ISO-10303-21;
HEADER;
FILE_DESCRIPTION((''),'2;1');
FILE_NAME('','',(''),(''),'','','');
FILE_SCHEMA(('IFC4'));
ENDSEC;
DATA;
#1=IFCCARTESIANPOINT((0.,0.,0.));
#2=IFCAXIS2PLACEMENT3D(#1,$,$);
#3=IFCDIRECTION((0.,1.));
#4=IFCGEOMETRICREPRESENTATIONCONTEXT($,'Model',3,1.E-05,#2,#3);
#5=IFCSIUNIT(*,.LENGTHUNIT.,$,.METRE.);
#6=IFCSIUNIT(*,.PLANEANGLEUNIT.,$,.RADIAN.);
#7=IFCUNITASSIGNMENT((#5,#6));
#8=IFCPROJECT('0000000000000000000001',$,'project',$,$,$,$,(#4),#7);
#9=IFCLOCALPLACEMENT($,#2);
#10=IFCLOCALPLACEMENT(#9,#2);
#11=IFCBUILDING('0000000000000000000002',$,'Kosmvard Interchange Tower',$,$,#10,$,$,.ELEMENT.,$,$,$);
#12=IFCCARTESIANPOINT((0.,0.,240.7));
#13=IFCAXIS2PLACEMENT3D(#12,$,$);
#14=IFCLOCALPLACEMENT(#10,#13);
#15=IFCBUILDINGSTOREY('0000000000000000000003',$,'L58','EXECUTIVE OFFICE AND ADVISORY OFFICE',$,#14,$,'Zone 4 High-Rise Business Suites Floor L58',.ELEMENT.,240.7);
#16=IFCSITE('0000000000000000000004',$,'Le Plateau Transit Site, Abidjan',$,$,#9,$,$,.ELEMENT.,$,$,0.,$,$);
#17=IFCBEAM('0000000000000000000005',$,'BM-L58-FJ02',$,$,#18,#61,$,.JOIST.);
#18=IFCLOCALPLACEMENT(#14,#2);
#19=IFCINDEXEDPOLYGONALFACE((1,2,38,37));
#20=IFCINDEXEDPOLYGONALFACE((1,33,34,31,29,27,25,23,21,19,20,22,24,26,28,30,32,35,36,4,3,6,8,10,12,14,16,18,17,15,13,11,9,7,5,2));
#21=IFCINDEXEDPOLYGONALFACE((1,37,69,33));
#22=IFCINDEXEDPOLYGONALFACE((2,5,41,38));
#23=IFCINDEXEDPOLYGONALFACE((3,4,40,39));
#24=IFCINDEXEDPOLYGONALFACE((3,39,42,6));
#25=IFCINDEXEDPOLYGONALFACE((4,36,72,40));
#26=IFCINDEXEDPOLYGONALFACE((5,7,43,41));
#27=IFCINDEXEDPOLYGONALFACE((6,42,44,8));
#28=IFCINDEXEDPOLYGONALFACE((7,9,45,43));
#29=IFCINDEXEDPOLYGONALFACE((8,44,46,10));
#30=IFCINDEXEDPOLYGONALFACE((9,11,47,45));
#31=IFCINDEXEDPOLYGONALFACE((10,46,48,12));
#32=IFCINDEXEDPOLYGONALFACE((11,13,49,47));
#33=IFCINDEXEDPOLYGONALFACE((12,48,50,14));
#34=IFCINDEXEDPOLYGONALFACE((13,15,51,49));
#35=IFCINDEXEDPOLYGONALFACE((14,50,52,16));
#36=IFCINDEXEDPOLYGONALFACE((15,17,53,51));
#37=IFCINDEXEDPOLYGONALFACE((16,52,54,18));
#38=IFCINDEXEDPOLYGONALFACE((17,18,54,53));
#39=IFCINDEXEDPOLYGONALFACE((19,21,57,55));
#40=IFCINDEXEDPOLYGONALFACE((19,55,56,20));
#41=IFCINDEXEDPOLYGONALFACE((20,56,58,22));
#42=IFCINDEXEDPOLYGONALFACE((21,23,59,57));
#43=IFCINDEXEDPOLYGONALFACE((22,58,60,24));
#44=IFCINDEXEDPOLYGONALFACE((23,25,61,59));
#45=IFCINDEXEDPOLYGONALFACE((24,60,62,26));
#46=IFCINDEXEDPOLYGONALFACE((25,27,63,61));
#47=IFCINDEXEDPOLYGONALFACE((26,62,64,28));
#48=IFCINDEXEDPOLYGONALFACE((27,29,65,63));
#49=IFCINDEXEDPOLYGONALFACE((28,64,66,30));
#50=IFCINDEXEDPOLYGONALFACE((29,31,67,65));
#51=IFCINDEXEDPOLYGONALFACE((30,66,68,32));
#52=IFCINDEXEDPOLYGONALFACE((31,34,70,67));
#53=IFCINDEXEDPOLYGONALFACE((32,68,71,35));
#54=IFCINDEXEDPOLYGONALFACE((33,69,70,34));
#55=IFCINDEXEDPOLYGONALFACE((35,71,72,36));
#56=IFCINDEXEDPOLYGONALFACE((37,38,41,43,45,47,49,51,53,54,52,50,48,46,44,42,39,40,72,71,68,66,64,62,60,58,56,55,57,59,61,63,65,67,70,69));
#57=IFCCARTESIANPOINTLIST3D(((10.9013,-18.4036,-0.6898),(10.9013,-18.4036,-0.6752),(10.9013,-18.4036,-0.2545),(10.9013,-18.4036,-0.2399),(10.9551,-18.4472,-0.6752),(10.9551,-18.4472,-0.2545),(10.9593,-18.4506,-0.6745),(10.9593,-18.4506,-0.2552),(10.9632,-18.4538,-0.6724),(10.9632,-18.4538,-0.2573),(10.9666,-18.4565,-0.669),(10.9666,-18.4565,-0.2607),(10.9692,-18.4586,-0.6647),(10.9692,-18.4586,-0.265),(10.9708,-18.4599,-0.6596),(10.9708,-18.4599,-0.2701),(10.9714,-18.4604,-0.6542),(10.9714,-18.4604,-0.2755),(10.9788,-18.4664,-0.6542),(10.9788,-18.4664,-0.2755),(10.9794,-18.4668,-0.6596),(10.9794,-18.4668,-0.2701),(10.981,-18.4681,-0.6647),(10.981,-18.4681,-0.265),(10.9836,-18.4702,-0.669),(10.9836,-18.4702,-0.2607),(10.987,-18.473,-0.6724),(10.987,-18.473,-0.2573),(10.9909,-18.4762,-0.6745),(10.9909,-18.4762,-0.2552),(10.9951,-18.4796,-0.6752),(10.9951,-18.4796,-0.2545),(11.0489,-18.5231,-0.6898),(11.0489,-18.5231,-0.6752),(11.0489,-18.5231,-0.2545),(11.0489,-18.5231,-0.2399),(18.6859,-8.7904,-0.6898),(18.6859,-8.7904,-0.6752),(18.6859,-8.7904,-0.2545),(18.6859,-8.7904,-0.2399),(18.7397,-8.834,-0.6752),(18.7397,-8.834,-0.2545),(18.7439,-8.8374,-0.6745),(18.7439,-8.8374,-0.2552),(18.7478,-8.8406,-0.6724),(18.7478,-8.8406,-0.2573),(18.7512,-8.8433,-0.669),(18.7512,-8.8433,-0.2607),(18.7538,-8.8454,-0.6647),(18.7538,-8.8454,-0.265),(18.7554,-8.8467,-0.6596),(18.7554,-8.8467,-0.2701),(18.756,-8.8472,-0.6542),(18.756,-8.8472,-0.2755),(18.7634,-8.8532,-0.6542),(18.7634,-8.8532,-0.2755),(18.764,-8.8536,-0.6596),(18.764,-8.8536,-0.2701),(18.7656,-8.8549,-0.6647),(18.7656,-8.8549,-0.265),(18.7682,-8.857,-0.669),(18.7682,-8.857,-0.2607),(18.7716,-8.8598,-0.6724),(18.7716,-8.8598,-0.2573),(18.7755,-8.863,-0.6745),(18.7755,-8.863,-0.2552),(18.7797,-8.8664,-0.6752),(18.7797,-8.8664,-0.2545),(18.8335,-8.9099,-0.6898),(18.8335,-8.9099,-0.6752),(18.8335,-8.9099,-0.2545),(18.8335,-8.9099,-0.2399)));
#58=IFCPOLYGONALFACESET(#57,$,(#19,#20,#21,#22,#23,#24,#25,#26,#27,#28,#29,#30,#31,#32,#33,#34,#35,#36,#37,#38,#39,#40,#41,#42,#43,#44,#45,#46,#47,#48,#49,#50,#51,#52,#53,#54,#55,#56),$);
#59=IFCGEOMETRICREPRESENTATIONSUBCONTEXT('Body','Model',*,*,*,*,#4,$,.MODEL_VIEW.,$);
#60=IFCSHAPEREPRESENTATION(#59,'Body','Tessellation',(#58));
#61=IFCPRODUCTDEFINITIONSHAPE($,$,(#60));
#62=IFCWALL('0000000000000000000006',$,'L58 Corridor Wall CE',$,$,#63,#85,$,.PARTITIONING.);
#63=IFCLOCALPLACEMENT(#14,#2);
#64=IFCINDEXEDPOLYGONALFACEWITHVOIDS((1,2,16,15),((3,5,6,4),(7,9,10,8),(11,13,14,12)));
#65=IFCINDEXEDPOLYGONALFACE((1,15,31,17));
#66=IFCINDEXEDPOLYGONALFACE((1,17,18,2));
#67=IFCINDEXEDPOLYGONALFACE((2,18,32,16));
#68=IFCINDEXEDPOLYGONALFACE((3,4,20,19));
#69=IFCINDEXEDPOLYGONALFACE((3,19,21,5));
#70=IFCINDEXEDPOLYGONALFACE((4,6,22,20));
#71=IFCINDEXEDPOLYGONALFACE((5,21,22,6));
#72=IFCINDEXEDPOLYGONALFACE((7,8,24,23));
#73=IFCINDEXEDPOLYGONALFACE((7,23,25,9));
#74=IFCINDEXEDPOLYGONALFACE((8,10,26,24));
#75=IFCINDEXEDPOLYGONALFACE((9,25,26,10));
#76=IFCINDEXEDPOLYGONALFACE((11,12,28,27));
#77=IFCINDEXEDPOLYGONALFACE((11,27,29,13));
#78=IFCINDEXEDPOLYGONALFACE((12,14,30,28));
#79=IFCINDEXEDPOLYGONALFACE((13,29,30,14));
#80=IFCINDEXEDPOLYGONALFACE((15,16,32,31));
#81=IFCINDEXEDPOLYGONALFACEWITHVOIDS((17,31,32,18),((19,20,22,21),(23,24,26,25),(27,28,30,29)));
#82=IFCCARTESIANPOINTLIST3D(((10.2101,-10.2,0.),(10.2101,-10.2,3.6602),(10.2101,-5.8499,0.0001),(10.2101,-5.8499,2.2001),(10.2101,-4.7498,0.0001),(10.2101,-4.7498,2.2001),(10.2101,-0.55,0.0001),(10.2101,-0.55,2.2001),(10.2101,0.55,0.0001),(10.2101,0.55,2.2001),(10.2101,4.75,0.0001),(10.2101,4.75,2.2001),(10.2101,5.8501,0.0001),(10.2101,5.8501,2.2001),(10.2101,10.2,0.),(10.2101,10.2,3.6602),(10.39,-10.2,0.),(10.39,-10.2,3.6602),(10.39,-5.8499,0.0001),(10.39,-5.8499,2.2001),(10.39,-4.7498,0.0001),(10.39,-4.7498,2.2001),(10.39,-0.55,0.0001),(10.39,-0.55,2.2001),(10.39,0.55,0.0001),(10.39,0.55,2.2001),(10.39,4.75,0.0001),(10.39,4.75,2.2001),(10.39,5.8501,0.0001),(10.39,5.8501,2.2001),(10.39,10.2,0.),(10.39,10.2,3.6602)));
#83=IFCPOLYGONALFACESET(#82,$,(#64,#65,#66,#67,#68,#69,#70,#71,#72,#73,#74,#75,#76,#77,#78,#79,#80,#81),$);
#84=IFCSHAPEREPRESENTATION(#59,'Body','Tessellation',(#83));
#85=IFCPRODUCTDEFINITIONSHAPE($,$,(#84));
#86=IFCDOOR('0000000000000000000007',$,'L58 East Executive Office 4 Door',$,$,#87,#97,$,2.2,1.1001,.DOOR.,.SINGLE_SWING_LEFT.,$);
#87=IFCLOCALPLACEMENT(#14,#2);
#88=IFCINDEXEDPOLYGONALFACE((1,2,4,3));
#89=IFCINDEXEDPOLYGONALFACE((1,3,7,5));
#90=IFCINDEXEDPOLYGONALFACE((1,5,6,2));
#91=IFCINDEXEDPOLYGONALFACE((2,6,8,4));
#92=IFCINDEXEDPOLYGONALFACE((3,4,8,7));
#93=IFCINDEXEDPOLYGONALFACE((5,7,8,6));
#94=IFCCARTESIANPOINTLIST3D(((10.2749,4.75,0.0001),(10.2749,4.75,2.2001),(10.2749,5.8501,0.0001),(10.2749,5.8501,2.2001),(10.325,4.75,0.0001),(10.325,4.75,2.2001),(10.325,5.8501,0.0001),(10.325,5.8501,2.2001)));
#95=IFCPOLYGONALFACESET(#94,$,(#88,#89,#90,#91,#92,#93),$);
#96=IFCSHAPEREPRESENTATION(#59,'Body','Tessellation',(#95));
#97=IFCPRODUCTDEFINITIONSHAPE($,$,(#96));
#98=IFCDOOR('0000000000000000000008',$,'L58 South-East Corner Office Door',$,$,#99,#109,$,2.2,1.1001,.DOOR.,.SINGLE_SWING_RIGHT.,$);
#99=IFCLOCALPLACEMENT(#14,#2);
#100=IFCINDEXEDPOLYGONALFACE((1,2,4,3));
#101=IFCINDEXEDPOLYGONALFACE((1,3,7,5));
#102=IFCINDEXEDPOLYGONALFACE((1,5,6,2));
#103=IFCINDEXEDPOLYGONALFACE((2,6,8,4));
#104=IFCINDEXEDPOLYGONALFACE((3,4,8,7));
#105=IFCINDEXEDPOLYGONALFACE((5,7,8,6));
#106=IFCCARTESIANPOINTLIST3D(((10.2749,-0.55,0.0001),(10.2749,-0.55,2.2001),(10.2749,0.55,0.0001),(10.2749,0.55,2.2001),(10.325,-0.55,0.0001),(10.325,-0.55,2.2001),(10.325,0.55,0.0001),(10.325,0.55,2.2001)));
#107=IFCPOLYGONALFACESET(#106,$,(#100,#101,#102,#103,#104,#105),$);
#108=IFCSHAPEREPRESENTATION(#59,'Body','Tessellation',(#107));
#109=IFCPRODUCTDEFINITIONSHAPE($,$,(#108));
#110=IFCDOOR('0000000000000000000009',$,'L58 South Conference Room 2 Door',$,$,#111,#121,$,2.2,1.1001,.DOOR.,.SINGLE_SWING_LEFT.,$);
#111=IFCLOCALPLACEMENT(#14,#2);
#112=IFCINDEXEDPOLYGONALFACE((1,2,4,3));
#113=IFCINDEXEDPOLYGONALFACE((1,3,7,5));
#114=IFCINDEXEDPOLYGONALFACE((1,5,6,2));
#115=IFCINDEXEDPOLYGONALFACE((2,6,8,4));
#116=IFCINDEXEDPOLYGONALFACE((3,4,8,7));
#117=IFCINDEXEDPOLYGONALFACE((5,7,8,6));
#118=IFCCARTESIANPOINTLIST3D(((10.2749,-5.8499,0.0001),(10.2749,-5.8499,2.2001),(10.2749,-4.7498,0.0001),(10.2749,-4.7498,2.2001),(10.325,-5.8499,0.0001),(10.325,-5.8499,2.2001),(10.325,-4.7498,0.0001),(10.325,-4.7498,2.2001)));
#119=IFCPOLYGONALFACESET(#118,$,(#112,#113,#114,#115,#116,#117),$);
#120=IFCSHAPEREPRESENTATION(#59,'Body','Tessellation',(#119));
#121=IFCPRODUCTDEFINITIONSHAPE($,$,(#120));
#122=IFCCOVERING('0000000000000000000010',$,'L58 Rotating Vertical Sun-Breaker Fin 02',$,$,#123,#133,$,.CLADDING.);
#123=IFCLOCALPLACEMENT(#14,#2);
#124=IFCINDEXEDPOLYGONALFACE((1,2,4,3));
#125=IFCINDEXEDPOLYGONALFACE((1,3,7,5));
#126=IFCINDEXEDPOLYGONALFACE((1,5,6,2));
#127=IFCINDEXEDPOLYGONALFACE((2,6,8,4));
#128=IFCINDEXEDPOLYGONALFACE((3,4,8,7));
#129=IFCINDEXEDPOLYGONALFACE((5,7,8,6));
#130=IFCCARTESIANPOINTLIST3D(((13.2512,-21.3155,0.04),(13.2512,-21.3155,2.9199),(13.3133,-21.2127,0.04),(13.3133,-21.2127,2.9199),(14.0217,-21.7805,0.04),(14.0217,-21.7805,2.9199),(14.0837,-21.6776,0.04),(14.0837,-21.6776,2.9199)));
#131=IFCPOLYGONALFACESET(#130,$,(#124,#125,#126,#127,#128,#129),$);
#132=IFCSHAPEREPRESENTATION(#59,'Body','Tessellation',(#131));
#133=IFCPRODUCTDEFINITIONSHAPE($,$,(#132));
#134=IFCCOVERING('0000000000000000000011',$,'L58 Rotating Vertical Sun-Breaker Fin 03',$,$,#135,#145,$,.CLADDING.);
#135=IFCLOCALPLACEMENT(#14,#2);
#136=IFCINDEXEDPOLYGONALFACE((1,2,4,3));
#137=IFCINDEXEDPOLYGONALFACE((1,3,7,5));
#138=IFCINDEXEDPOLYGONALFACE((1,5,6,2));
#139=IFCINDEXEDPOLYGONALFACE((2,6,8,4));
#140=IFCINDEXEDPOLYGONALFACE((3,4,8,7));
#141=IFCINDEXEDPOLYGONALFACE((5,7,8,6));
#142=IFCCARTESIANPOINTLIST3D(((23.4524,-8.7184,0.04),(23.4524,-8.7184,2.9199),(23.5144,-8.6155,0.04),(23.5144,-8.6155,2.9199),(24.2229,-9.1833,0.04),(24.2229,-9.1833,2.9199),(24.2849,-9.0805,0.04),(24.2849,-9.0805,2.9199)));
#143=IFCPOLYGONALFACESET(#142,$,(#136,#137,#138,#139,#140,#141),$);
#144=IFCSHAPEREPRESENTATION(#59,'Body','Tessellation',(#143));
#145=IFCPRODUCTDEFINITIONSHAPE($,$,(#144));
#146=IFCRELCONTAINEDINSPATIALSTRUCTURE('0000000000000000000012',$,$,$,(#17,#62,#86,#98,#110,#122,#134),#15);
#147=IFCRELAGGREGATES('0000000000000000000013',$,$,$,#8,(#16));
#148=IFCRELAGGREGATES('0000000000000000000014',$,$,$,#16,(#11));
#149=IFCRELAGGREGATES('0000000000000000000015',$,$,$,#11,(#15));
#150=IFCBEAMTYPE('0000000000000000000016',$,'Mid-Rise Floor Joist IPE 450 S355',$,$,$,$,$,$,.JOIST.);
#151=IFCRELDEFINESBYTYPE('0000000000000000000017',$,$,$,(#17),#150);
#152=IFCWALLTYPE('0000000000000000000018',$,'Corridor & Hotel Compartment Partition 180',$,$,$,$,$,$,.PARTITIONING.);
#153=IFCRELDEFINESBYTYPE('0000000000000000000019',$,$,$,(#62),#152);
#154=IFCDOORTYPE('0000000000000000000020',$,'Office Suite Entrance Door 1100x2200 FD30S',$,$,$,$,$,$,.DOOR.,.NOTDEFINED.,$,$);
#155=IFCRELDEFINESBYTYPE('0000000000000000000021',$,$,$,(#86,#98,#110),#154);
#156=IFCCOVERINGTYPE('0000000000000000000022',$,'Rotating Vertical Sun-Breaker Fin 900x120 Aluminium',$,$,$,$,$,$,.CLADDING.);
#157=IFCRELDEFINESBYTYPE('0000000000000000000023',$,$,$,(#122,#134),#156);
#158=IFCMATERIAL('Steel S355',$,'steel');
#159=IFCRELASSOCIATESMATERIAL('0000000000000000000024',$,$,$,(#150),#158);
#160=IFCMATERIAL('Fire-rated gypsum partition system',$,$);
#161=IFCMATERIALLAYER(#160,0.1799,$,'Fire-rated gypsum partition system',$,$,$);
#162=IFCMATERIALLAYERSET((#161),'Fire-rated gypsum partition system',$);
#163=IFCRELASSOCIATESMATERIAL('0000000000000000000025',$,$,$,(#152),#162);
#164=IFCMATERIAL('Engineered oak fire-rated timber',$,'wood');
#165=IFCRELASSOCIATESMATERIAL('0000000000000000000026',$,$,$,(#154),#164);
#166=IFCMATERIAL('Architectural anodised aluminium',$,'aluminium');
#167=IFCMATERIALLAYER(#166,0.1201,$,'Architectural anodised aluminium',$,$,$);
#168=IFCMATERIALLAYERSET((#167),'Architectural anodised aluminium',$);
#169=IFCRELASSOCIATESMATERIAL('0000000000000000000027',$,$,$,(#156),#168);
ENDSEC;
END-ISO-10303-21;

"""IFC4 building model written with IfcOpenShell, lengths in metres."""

from ifc_helpers import new_model, si_unit, direction, frame, frame_2d, origin, origin_2d, place, context, subcontext, project, spatial, rectangle, i_section, extrude, source, transform, mapped, material, layer, layer_set, material_profile, profile_set, type_object, element, fill, save


model = new_model("IFC4")

# Units and contexts
model_context = context("Model", 3, precision=1e-05, world=origin(), true_north=direction((0.0, 1.0)))
body_context = subcontext(model_context, "Body", "Model", "MODEL_VIEW")
ifc_project = project(units=[si_unit("LENGTHUNIT", "METRE"), si_unit("PLANEANGLEUNIT", "RADIAN")], contexts=[model_context])

# Site, building, storey
site_placement = place(None, origin())
site = spatial("IfcSite", under=ifc_project, at=site_placement, Name="Le Plateau Transit Site, Abidjan", CompositionType="ELEMENT", RefElevation=0.0)
building_placement = place(site_placement, origin())
building = spatial("IfcBuilding", under=site, at=building_placement, Name="Kosmvard Interchange Tower", CompositionType="ELEMENT")
storey_placement = place(building_placement, frame((0.0, 0.0, 240.7)))
storey = spatial("IfcBuildingStorey", under=building, at=storey_placement, Name="L58", Description="EXECUTIVE OFFICE AND ADVISORY OFFICE", LongName="Zone 4 High-Rise Business Suites Floor L58", CompositionType="ELEMENT", Elevation=240.7)

# Beam
ifc_material_1 = material(Name="Steel S355", Category="steel")
ifc_material_profile_1 = material_profile(ifc_material_1, i_section(OverallWidth=0.1899, OverallDepth=0.45, WebThickness=0.0095, FlangeThickness=0.0146, FilletRadius=0.021, at=origin_2d()), Name="IPE 450")
ifc_profile_set_1 = profile_set([ifc_material_profile_1], Name="Steel S355")
beam_type_1 = type_object("IfcBeamType", Name="Mid-Rise Floor Joist IPE 450 S355", PredefinedType="JOIST", material=ifc_profile_set_1)
shared_shape_1 = source(origin(), body_context, "Body", "SweptSolid", [
    extrude(i_section(OverallWidth=0.1899, OverallDepth=0.45, WebThickness=0.0095, FlangeThickness=0.0146, FilletRadius=0.021, at=origin_2d()), origin(), (0.0, 0.0, 1.0), 12.3699),
])
beam_1_placement = place(storey_placement, frame((10.9751, -18.4634, -0.4648), z_axis=(0.62932, 0.777147, 0.0), x_axis=(-0.777147, 0.62932, 0.0)))
element("IfcBeam", 1, at=beam_1_placement, inside=storey, type_object=beam_type_1, Name="BM-L58-FJ02", PredefinedType="JOIST", context=body_context, shape_type="MappedRepresentation", body=[
    mapped(shared_shape_1, transform((0.0, 0.0, 0.0), scale=1.0)),
])

# Wall, openings, doors
ifc_material_2 = material(Name="Fire-rated gypsum partition system")
ifc_layer_1 = layer(ifc_material_2, 0.1799, Name="Fire-rated gypsum partition system")
ifc_layer_set_1 = layer_set([ifc_layer_1], Name="Fire-rated gypsum partition system")
wall_type = type_object("IfcWallType", Name="Corridor & Hotel Compartment Partition 180", PredefinedType="PARTITIONING", material=ifc_layer_set_1)
wall_placement = place(storey_placement, frame((10.3, -10.2, 0.0), z_axis=(0.0, 0.0, 1.0), x_axis=(0.0, 1.0, 0.0)))
wall = element("IfcWall", 2, at=wall_placement, inside=storey, type_object=wall_type, Name="L58 Corridor Wall CE", PredefinedType="PARTITIONING", context=body_context, shape_type="SweptSolid", body=[
    extrude(rectangle(XDim=20.3999, YDim=0.1799, at=frame_2d((10.2, 0.0))), origin(), (0.0, 0.0, 1.0), 3.6602),
])
opening_1_placement = place(wall_placement, frame((14.95, 0.0, 0.0)))
opening_1 = element("IfcOpeningElement", 3, at=opening_1_placement, cuts=wall, PredefinedType="OPENING", context=body_context, shape_type="SweptSolid", body=[
    extrude(rectangle(XDim=1.1001, YDim=2.2, at=frame_2d((0.55, 1.1001))), frame((0.0, 0.1001, 0.0), z_axis=(0.0, -1.0, 0.0), x_axis=(1.0, 0.0, 0.0)), (0.0, 0.0, 1.0), 0.2),
])
opening_2_placement = place(wall_placement, frame((9.6499, 0.0, 0.0)))
opening_2 = element("IfcOpeningElement", 4, at=opening_2_placement, cuts=wall, PredefinedType="OPENING", context=body_context, shape_type="SweptSolid", body=[
    extrude(rectangle(XDim=1.1001, YDim=2.2, at=frame_2d((0.55, 1.1001))), frame((0.0, 0.1001, 0.0), z_axis=(0.0, -1.0, 0.0), x_axis=(1.0, 0.0, 0.0)), (0.0, 0.0, 1.0), 0.2),
])
opening_3_placement = place(wall_placement, frame((4.3501, 0.0, 0.0)))
opening_3 = element("IfcOpeningElement", 5, at=opening_3_placement, cuts=wall, PredefinedType="OPENING", context=body_context, shape_type="SweptSolid", body=[
    extrude(rectangle(XDim=1.1001, YDim=2.2, at=frame_2d((0.55, 1.1001))), frame((0.0, 0.1001, 0.0), z_axis=(0.0, -1.0, 0.0), x_axis=(1.0, 0.0, 0.0)), (0.0, 0.0, 1.0), 0.2),
])
ifc_material_3 = material(Name="Engineered oak fire-rated timber", Category="wood")
door_type = type_object("IfcDoorType", Name="Office Suite Entrance Door 1100x2200 FD30S", OperationType="NOTDEFINED", PredefinedType="DOOR", material=ifc_material_3)
shared_shape_2 = source(origin(), body_context, "Body", "SweptSolid", [
    extrude(rectangle(XDim=1.1001, YDim=2.2, at=frame_2d((0.55, 1.1001))), frame((0.0, 0.0249, 0.0), z_axis=(0.0, -1.0, 0.0), x_axis=(1.0, 0.0, 0.0)), (0.0, 0.0, 1.0), 0.05),
])
door_1_placement = place(opening_1_placement, frame((1.1001, 0.0, 0.0), z_axis=(0.0, 0.0, 1.0), x_axis=(-1.0, 0.0, 0.0)))
door_1 = element("IfcDoor", 6, at=door_1_placement, inside=storey, type_object=door_type, Name="L58 East Executive Office 4 Door", OperationType="SINGLE_SWING_LEFT", OverallHeight=2.2, OverallWidth=1.1001, PredefinedType="DOOR", context=body_context, shape_type="MappedRepresentation", body=[
    mapped(shared_shape_2, transform((0.0, 0.0, 0.0), scale=1.0)),
])
fill(opening_1, door_1)
door_2_placement = place(opening_2_placement, frame((1.1001, 0.0, 0.0), z_axis=(0.0, 0.0, 1.0), x_axis=(-1.0, 0.0, 0.0)))
door_2 = element("IfcDoor", 7, at=door_2_placement, inside=storey, type_object=door_type, Name="L58 South-East Corner Office Door", OperationType="SINGLE_SWING_RIGHT", OverallHeight=2.2, OverallWidth=1.1001, PredefinedType="DOOR", context=body_context, shape_type="MappedRepresentation", body=[
    mapped(shared_shape_2, transform((0.0, 0.0, 0.0), scale=1.0)),
])
fill(opening_2, door_2)
door_3_placement = place(opening_3_placement, frame((1.1001, 0.0, 0.0), z_axis=(0.0, 0.0, 1.0), x_axis=(-1.0, 0.0, 0.0)))
door_3 = element("IfcDoor", 8, at=door_3_placement, inside=storey, type_object=door_type, Name="L58 South Conference Room 2 Door", OperationType="SINGLE_SWING_LEFT", OverallHeight=2.2, OverallWidth=1.1001, PredefinedType="DOOR", context=body_context, shape_type="MappedRepresentation", body=[
    mapped(shared_shape_2, transform((0.0, 0.0, 0.0), scale=1.0)),
])
fill(opening_3, door_3)

# Coverings
ifc_material_4 = material(Name="Architectural anodised aluminium", Category="aluminium")
ifc_layer_2 = layer(ifc_material_4, 0.1201, Name="Architectural anodised aluminium")
ifc_layer_set_2 = layer_set([ifc_layer_2], Name="Architectural anodised aluminium")
covering_type = type_object("IfcCoveringType", Name="Rotating Vertical Sun-Breaker Fin 900x120 Aluminium", PredefinedType="CLADDING", material=ifc_layer_set_2)
shared_shape_3 = source(origin(), body_context, "Body", "SweptSolid", [
    extrude(rectangle(XDim=0.8999, YDim=0.1201, at=origin_2d()), origin(), (0.0, 0.0, 1.0), 2.8799),
])
for number, where, z_axis, x_axis, name in (
    (9, (13.6675, -21.4966, 0.04), (0.0, 0.0, 1.0), (0.856177, -0.516683, 0.0), "L58 Rotating Vertical Sun-Breaker Fin 02"),
    (10, (23.8687, -8.8994, 0.04), (0.0, 0.0, 1.0), (0.856177, -0.516683, 0.0), "L58 Rotating Vertical Sun-Breaker Fin 03"),
):
    element("IfcCovering", number, at=place(storey_placement, frame(where, z_axis=z_axis, x_axis=x_axis)), inside=storey, type_object=covering_type, Name=name, PredefinedType="CLADDING", context=body_context, shape_type="MappedRepresentation", body=[
        mapped(shared_shape_3, transform((0.0, 0.0, 0.0), scale=1.0)),
    ])

save(model, "model.ifc")
